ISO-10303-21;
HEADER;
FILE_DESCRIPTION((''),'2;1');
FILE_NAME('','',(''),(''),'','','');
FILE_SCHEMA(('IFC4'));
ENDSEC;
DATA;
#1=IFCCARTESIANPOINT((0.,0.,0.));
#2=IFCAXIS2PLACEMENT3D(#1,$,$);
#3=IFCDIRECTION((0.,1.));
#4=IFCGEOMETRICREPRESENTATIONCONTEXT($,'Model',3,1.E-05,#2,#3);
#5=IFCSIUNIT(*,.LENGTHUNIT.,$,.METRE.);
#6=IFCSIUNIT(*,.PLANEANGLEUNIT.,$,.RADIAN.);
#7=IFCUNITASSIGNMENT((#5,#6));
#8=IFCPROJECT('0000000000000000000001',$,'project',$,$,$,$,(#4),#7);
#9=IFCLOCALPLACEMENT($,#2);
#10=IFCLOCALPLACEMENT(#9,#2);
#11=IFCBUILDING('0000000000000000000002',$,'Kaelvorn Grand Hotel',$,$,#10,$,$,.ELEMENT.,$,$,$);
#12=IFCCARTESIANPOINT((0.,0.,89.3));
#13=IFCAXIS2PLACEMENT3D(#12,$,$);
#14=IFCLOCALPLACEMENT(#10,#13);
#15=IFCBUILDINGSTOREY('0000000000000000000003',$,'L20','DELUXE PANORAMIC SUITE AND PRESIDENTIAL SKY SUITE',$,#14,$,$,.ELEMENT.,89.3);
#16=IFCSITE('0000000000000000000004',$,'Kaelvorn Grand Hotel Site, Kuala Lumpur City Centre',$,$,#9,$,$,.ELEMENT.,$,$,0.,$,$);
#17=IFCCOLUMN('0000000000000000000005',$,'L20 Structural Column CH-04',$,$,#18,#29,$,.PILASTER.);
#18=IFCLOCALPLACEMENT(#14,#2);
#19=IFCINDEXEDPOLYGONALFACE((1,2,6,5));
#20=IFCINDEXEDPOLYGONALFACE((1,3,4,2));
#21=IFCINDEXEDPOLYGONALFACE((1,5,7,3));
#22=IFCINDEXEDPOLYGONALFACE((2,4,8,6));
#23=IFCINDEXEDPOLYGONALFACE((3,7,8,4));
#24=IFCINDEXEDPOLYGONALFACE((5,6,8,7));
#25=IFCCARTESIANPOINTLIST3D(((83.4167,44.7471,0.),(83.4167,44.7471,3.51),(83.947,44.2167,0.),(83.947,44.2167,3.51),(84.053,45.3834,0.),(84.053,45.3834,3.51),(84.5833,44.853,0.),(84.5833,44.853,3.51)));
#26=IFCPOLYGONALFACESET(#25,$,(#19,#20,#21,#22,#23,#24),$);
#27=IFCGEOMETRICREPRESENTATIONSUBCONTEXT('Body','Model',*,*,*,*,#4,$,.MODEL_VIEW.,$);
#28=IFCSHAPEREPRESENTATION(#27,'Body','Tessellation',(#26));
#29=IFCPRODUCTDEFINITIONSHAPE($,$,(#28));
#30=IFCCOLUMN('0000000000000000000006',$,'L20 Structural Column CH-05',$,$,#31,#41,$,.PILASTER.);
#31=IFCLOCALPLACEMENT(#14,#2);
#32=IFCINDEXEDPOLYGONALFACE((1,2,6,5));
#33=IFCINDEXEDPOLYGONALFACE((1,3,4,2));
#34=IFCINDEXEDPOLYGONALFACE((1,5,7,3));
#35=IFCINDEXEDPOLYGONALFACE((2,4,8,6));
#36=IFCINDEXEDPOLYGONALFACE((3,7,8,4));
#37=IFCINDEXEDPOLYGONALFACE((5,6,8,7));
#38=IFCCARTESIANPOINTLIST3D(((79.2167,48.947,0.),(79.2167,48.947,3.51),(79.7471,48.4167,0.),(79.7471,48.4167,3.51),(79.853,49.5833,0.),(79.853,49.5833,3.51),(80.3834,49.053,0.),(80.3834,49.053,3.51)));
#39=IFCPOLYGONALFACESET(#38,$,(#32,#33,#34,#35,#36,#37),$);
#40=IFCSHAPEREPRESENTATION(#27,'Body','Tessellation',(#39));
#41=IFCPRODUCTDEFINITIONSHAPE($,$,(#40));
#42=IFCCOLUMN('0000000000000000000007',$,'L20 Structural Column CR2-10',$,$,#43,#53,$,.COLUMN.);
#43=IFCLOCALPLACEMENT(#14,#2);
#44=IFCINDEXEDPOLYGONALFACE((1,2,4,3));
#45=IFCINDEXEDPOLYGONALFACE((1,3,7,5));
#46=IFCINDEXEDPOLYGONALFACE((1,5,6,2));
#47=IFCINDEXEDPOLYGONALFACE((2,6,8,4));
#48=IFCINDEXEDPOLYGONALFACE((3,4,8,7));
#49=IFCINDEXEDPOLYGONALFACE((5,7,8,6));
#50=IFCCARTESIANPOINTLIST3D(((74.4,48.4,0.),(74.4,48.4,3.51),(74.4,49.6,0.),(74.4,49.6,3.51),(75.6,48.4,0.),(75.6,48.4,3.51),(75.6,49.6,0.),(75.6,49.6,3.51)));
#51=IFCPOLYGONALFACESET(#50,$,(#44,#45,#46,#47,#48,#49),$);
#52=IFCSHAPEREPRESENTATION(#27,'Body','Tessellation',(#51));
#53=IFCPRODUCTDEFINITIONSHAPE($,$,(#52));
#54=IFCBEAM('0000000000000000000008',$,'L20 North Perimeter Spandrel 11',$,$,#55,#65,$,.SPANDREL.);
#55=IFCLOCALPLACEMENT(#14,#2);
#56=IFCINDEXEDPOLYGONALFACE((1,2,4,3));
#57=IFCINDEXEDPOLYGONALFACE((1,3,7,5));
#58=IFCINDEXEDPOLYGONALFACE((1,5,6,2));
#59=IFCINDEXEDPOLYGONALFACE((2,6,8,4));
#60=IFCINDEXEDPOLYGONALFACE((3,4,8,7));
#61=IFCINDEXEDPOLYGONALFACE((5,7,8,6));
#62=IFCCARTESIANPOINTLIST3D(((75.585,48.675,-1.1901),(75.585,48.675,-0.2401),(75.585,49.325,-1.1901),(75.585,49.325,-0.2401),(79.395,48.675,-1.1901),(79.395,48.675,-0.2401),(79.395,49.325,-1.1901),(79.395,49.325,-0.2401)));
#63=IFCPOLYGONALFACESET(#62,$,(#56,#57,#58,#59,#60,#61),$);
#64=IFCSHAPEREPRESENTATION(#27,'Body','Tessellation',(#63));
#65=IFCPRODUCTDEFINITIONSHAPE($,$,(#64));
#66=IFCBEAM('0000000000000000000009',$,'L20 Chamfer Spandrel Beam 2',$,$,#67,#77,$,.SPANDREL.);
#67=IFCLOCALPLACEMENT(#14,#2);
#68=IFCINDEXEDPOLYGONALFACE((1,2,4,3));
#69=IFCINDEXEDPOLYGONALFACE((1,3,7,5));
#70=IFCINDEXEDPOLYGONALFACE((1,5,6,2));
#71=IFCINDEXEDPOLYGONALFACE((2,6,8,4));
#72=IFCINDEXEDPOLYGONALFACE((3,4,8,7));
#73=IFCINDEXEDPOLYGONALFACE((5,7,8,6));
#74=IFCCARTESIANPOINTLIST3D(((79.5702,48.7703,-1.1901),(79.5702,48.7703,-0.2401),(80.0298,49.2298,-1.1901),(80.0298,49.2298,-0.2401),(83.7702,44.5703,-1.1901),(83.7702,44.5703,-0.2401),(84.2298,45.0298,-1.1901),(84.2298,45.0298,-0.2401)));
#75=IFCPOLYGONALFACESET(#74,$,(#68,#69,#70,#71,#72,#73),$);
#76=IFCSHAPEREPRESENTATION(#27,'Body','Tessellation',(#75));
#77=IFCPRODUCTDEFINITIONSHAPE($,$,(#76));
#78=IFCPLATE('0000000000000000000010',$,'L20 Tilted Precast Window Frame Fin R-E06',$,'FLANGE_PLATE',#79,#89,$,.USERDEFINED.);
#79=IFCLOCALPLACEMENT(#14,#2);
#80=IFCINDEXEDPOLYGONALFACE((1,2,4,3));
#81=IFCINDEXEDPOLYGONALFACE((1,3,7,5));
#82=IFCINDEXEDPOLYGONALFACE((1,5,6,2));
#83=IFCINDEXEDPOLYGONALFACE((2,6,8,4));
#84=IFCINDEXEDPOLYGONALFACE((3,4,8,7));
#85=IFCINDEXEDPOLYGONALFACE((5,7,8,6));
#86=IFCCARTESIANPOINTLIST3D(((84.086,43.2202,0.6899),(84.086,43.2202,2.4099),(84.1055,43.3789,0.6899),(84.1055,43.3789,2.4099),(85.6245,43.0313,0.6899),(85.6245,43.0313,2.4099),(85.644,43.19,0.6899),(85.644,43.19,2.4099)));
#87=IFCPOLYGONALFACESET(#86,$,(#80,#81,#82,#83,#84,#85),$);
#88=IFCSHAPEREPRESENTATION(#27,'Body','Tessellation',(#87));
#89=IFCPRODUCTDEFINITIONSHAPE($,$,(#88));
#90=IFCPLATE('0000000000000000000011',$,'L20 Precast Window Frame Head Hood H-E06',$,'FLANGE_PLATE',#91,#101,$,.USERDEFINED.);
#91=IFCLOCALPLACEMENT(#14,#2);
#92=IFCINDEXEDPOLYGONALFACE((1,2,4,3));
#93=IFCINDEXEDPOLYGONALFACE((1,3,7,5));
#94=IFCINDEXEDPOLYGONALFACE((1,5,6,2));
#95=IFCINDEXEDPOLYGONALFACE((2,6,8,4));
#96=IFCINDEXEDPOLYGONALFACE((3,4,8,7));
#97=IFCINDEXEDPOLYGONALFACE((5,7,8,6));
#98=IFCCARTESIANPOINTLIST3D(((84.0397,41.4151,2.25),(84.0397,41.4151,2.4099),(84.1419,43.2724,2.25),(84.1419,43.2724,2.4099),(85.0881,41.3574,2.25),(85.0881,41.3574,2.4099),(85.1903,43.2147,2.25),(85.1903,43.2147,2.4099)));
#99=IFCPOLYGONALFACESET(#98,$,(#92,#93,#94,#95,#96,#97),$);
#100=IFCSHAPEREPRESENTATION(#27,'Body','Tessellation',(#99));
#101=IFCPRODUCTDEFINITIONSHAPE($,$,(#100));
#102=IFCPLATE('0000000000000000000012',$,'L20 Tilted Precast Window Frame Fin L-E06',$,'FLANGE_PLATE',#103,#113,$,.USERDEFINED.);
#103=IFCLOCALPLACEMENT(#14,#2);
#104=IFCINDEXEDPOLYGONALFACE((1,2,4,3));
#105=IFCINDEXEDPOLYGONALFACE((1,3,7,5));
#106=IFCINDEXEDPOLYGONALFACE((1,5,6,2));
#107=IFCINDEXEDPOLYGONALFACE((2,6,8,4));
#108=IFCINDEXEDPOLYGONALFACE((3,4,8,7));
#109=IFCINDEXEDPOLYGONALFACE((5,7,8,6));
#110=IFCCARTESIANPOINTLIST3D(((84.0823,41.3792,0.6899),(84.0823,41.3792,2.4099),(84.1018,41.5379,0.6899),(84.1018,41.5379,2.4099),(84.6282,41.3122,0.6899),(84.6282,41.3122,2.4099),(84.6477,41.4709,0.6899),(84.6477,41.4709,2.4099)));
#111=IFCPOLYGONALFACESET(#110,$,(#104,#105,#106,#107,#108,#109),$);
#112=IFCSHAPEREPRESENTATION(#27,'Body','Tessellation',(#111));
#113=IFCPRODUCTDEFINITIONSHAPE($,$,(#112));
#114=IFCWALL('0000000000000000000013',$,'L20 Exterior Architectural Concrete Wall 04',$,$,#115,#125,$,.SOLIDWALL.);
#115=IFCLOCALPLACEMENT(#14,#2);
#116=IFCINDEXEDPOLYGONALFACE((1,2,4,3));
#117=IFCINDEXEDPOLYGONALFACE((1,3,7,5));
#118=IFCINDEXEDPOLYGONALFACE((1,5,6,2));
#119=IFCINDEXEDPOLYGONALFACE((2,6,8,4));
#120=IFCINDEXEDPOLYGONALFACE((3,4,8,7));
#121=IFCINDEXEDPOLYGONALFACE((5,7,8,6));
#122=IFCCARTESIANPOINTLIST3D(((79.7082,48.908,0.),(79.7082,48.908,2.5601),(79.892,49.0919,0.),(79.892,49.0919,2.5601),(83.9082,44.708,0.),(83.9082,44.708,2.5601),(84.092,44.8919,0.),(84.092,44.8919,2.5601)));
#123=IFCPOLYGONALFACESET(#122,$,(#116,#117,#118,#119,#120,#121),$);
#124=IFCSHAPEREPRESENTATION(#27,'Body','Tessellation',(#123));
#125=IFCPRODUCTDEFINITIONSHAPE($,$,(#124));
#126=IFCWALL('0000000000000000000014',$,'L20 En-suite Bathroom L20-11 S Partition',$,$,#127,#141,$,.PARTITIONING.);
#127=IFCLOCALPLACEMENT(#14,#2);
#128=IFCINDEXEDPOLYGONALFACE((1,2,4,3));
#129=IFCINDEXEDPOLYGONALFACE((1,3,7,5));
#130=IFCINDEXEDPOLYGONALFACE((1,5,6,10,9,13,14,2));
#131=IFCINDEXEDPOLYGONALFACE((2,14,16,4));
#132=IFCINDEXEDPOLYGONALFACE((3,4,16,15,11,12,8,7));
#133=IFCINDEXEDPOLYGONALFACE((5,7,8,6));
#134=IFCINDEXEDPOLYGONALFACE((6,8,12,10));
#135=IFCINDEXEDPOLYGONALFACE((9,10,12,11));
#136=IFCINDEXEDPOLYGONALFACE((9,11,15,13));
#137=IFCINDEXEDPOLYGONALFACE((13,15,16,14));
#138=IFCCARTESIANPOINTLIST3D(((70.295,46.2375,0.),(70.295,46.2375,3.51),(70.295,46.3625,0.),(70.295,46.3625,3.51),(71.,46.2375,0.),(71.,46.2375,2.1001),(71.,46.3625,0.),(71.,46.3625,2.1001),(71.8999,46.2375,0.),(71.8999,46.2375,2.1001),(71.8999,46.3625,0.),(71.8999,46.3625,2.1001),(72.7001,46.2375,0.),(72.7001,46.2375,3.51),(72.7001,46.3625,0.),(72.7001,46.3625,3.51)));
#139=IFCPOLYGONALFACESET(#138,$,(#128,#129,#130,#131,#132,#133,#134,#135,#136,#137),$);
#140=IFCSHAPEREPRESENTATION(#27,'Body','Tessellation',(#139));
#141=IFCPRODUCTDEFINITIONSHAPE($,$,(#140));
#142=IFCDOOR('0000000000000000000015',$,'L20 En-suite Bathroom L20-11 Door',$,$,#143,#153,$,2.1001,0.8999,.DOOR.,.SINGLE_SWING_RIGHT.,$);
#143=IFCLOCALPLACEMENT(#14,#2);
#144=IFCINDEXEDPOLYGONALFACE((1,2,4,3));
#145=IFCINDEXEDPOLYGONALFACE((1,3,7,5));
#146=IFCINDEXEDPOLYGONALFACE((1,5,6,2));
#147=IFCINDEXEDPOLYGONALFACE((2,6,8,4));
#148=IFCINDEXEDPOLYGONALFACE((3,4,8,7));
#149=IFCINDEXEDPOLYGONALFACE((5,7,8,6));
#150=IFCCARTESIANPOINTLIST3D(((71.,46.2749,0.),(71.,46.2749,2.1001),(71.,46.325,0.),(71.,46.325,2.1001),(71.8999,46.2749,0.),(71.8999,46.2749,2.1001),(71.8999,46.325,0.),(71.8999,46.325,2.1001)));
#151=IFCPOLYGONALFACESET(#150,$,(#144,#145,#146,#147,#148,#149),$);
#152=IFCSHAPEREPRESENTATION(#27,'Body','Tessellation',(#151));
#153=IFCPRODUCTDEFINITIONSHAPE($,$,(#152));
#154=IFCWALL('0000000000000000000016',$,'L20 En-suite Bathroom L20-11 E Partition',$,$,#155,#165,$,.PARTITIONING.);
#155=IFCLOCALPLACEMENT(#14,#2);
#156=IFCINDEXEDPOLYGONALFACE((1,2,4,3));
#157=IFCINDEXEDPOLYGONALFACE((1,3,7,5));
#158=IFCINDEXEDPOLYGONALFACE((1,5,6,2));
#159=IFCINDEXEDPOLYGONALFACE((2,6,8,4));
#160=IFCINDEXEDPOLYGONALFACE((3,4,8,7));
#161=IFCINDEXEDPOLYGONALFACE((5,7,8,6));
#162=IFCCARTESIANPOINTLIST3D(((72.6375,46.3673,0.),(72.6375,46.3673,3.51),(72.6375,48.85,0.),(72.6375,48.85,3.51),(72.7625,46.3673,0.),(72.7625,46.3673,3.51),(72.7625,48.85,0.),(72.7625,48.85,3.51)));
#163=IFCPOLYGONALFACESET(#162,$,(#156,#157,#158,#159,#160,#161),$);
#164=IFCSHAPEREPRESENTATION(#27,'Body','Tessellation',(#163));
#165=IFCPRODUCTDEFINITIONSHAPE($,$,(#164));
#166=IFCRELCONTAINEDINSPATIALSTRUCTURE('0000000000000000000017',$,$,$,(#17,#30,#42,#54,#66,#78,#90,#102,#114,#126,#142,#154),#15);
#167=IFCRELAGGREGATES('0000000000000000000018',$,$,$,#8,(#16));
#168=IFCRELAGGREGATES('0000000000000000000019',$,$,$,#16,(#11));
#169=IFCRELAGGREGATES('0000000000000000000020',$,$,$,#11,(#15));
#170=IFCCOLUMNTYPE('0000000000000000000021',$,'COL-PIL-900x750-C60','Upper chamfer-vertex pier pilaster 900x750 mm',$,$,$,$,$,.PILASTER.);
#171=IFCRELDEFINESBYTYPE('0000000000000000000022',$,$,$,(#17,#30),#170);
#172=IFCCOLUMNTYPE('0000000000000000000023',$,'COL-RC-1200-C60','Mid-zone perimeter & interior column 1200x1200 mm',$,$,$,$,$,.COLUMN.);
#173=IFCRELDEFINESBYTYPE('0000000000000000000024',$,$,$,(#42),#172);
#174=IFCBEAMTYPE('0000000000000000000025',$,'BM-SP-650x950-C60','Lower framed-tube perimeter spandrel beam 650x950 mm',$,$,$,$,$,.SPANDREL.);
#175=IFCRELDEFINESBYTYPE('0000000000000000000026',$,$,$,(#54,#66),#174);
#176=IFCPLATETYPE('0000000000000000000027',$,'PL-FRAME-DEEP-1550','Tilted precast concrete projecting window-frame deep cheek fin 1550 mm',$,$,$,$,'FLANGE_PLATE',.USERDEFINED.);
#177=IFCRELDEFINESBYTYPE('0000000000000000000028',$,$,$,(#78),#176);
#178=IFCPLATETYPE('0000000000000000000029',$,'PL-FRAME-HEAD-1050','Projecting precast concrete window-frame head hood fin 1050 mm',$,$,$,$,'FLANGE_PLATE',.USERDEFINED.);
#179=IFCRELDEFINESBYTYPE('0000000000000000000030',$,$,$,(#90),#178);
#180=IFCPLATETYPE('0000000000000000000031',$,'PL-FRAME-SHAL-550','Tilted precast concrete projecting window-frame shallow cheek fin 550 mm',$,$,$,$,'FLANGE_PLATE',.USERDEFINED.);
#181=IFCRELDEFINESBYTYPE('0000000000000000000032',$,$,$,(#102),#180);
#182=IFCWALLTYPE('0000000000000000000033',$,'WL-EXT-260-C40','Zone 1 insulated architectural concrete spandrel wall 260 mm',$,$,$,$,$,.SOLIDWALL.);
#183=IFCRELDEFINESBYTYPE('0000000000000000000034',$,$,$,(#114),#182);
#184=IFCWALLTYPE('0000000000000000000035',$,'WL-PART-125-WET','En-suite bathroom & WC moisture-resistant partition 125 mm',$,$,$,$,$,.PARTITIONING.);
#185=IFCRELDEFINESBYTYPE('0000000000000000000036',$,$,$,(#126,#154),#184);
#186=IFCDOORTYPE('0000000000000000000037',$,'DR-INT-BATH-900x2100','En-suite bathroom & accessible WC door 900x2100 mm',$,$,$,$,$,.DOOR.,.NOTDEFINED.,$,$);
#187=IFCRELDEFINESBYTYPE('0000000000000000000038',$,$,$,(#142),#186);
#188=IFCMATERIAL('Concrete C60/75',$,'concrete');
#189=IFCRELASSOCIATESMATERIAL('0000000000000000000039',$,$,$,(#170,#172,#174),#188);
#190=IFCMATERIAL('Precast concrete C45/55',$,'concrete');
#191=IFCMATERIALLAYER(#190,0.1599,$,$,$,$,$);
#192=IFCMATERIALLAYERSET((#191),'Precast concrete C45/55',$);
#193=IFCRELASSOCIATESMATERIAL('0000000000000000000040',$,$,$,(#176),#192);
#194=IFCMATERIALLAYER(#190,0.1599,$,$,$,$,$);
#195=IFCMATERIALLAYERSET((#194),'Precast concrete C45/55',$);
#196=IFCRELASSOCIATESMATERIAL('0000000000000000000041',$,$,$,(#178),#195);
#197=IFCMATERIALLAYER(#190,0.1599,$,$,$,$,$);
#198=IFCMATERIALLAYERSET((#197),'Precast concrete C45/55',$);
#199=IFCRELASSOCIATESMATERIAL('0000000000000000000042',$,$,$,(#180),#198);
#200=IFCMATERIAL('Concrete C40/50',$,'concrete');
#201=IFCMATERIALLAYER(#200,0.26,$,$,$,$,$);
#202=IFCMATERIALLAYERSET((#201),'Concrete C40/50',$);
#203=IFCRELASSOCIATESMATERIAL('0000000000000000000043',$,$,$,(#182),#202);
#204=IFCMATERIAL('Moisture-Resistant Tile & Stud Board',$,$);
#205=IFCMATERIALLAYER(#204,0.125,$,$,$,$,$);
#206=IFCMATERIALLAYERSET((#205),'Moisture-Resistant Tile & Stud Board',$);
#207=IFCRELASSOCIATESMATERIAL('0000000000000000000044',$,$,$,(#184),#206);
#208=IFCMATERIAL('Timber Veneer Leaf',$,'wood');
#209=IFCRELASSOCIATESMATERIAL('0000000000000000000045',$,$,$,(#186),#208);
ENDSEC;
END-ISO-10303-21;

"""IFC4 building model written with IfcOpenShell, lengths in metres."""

from ifc_helpers import new_model, si_unit, direction, frame, frame_2d, origin, origin_2d, place, context, subcontext, project, spatial, rectangle, extrude, material, layer, layer_set, material_profile, profile_set, type_object, element, fill, save


model = new_model("IFC4")

# Units and contexts
model_context = context("Model", 3, precision=1e-05, world=origin(), true_north=direction((0.0, 1.0)))
body_context = subcontext(model_context, "Body", "Model", "MODEL_VIEW")
ifc_project = project(units=[si_unit("LENGTHUNIT", "METRE"), si_unit("PLANEANGLEUNIT", "RADIAN")], contexts=[model_context])

# Site, building, storey
site_placement = place(None, origin())
site = spatial("IfcSite", under=ifc_project, at=site_placement, Name="Kaelvorn Grand Hotel Site, Kuala Lumpur City Centre", CompositionType="ELEMENT", RefElevation=0.0)
building_placement = place(site_placement, origin())
building = spatial("IfcBuilding", under=site, at=building_placement, Name="Kaelvorn Grand Hotel", CompositionType="ELEMENT")
storey_placement = place(building_placement, frame((0.0, 0.0, 89.3)))
storey = spatial("IfcBuildingStorey", under=building, at=storey_placement, Name="L20", Description="DELUXE PANORAMIC SUITE AND PRESIDENTIAL SKY SUITE", CompositionType="ELEMENT", Elevation=89.3)

# Columns
ifc_material_1 = material(Name="Concrete C60/75", Category="concrete")
ifc_material_profile_1 = material_profile(ifc_material_1, rectangle(XDim=0.8999, YDim=0.75, at=origin_2d()), Name="RC PILASTER 900x750")
ifc_profile_set_1 = profile_set([ifc_material_profile_1], Name="Concrete C60/75")
column_type_1 = type_object("IfcColumnType", Name="COL-PIL-900x750-C60", Description="Upper chamfer-vertex pier pilaster 900x750 mm", PredefinedType="PILASTER", material=ifc_profile_set_1)
for number, where, z_axis, x_axis, name in (
    (1, (84.0, 44.8, 0.0), (0.0, 0.0, 1.0), (0.707107, 0.707107, 0.0), "L20 Structural Column CH-04"),
    (2, (79.8, 49.0, 0.0), (0.0, 0.0, 1.0), (0.707107, 0.707107, 0.0), "L20 Structural Column CH-05"),
):
    element("IfcColumn", number, at=place(storey_placement, frame(where, z_axis=z_axis, x_axis=x_axis)), inside=storey, type_object=column_type_1, Name=name, PredefinedType="PILASTER", context=body_context, shape_type="SweptSolid", body=[
        extrude(rectangle(XDim=0.8999, YDim=0.75, at=origin_2d()), origin(), (0.0, 0.0, 1.0), 3.51),
    ])
ifc_material_profile_2 = material_profile(ifc_material_1, rectangle(XDim=1.2, YDim=1.2, at=origin_2d()), Name="RC COL 1200x1200")
ifc_profile_set_2 = profile_set([ifc_material_profile_2], Name="Concrete C60/75")
column_type_2 = type_object("IfcColumnType", Name="COL-RC-1200-C60", Description="Mid-zone perimeter & interior column 1200x1200 mm", PredefinedType="COLUMN", material=ifc_profile_set_2)
column_placement = place(storey_placement, frame((75.0, 49.0, 0.0), z_axis=(0.0, 0.0, 1.0), x_axis=(1.0, 0.0, 0.0)))
element("IfcColumn", 3, at=column_placement, inside=storey, type_object=column_type_2, Name="L20 Structural Column CR2-10", PredefinedType="COLUMN", context=body_context, shape_type="SweptSolid", body=[
    extrude(rectangle(XDim=1.2, YDim=1.2, at=origin_2d()), origin(), (0.0, 0.0, 1.0), 3.51),
])

# Beams
ifc_material_profile_3 = material_profile(ifc_material_1, rectangle(XDim=0.6499, YDim=0.95, at=origin_2d()), Name="RC SPANDREL 650x950")
ifc_profile_set_3 = profile_set([ifc_material_profile_3], Name="Concrete C60/75")
beam_type = type_object("IfcBeamType", Name="BM-SP-650x950-C60", Description="Lower framed-tube perimeter spandrel beam 650x950 mm", PredefinedType="SPANDREL", material=ifc_profile_set_3)
beam_1_placement = place(storey_placement, frame((75.585, 49.0, -0.7151), z_axis=(1.0, 0.0, 0.0), x_axis=(0.0, 1.0, 0.0)))
element("IfcBeam", 4, at=beam_1_placement, inside=storey, type_object=beam_type, Name="L20 North Perimeter Spandrel 11", PredefinedType="SPANDREL", context=body_context, shape_type="SweptSolid", body=[
    extrude(rectangle(XDim=0.6499, YDim=0.95, at=origin_2d()), origin(), (0.0, 0.0, 1.0), 3.8101),
])
beam_2_placement = place(storey_placement, frame((84.0, 44.8, -0.7151), z_axis=(-0.707107, 0.707107, 0.0), x_axis=(-0.707107, -0.707107, 0.0)))
element("IfcBeam", 5, at=beam_2_placement, inside=storey, type_object=beam_type, Name="L20 Chamfer Spandrel Beam 2", PredefinedType="SPANDREL", context=body_context, shape_type="SweptSolid", body=[
    extrude(rectangle(XDim=0.6499, YDim=0.95, at=origin_2d()), origin(), (0.0, 0.0, 1.0), 5.9397),
])

# Plates
ifc_material_2 = material(Name="Precast concrete C45/55", Category="concrete")
ifc_layer_1 = layer(ifc_material_2, 0.1599)
ifc_layer_set_1 = layer_set([ifc_layer_1], Name="Precast concrete C45/55")
plate_type_1 = type_object("IfcPlateType", Name="PL-FRAME-DEEP-1550", Description="Tilted precast concrete projecting window-frame deep cheek fin 1550 mm", ElementType="FLANGE_PLATE", PredefinedType="USERDEFINED", material=ifc_layer_set_1)
plate_1_placement = place(storey_placement, frame((84.865, 43.2051, 0.6899), z_axis=(0.0, 0.0, 1.0), x_axis=(0.121869, 0.992546, 0.0)))
element("IfcPlate", 6, at=plate_1_placement, inside=storey, type_object=plate_type_1, Name="L20 Tilted Precast Window Frame Fin R-E06", ObjectType="FLANGE_PLATE", PredefinedType="USERDEFINED", context=body_context, shape_type="SweptSolid", body=[
    extrude(rectangle(XDim=0.1599, YDim=1.55, at=origin_2d()), origin(), (0.0, 0.0, 1.0), 1.72),
])
ifc_layer_2 = layer(ifc_material_2, 0.1599)
ifc_layer_set_2 = layer_set([ifc_layer_2], Name="Precast concrete C45/55")
plate_type_2 = type_object("IfcPlateType", Name="PL-FRAME-HEAD-1050", Description="Projecting precast concrete window-frame head hood fin 1050 mm", ElementType="FLANGE_PLATE", PredefinedType="USERDEFINED", material=ifc_layer_set_2)
plate_2_placement = place(storey_placement, frame((84.615, 42.3149, 2.25), z_axis=(0.0, 0.0, 1.0), x_axis=(0.05495, 0.998489, 0.0)))
element("IfcPlate", 7, at=plate_2_placement, inside=storey, type_object=plate_type_2, Name="L20 Precast Window Frame Head Hood H-E06", ObjectType="FLANGE_PLATE", PredefinedType="USERDEFINED", context=body_context, shape_type="SweptSolid", body=[
    extrude(rectangle(XDim=1.8601, YDim=1.05, at=origin_2d()), origin(), (0.0, 0.0, 1.0), 0.1599),
])
ifc_layer_3 = layer(ifc_material_2, 0.1599)
ifc_layer_set_3 = layer_set([ifc_layer_3], Name="Precast concrete C45/55")
plate_type_3 = type_object("IfcPlateType", Name="PL-FRAME-SHAL-550", Description="Tilted precast concrete projecting window-frame shallow cheek fin 550 mm", ElementType="FLANGE_PLATE", PredefinedType="USERDEFINED", material=ifc_layer_set_3)
plate_3_placement = place(storey_placement, frame((84.365, 41.425, 0.6899), z_axis=(0.0, 0.0, 1.0), x_axis=(0.121869, 0.992546, 0.0)))
element("IfcPlate", 8, at=plate_3_placement, inside=storey, type_object=plate_type_3, Name="L20 Tilted Precast Window Frame Fin L-E06", ObjectType="FLANGE_PLATE", PredefinedType="USERDEFINED", context=body_context, shape_type="SweptSolid", body=[
    extrude(rectangle(XDim=0.1599, YDim=0.55, at=origin_2d()), origin(), (0.0, 0.0, 1.0), 1.72),
])

# Wall
ifc_material_3 = material(Name="Concrete C40/50", Category="concrete")
ifc_layer_4 = layer(ifc_material_3, 0.26)
ifc_layer_set_4 = layer_set([ifc_layer_4], Name="Concrete C40/50")
wall_type_1 = type_object("IfcWallType", Name="WL-EXT-260-C40", Description="Zone 1 insulated architectural concrete spandrel wall 260 mm", PredefinedType="SOLIDWALL", material=ifc_layer_set_4)
wall_1_placement = place(storey_placement, frame((84.0, 44.8, 0.0), z_axis=(0.0, 0.0, 1.0), x_axis=(-0.707107, 0.707107, 0.0)))
element("IfcWall", 9, at=wall_1_placement, inside=storey, type_object=wall_type_1, Name="L20 Exterior Architectural Concrete Wall 04", PredefinedType="SOLIDWALL", context=body_context, shape_type="SweptSolid", body=[
    extrude(rectangle(XDim=5.9397, YDim=0.26, at=frame_2d((2.9697, 0.0))), origin(), (0.0, 0.0, 1.0), 2.5601),
])

# Wall, opening, door
ifc_material_4 = material(Name="Moisture-Resistant Tile & Stud Board")
ifc_layer_5 = layer(ifc_material_4, 0.125)
ifc_layer_set_5 = layer_set([ifc_layer_5], Name="Moisture-Resistant Tile & Stud Board")
wall_type_2 = type_object("IfcWallType", Name="WL-PART-125-WET", Description="En-suite bathroom & WC moisture-resistant partition 125 mm", PredefinedType="PARTITIONING", material=ifc_layer_set_5)
wall_2_placement = place(storey_placement, frame((70.2949, 46.3, 0.0), z_axis=(0.0, 0.0, 1.0), x_axis=(1.0, 0.0, 0.0)))
wall_2 = element("IfcWall", 10, at=wall_2_placement, inside=storey, type_object=wall_type_2, Name="L20 En-suite Bathroom L20-11 S Partition", PredefinedType="PARTITIONING", context=body_context, shape_type="SweptSolid", body=[
    extrude(rectangle(XDim=2.405, YDim=0.125, at=frame_2d((1.2026, 0.0))), origin(), (0.0, 0.0, 1.0), 3.51),
])
opening_1_placement = place(wall_2_placement, frame((0.7051, 0.0, 0.0)))
opening_1 = element("IfcOpeningElement", 11, at=opening_1_placement, cuts=wall_2, PredefinedType="OPENING", context=body_context, shape_type="SweptSolid", body=[
    extrude(rectangle(XDim=0.8999, YDim=2.1001, at=frame_2d((0.45, 1.05))), frame((0.0, 0.0725, 0.0), z_axis=(0.0, -1.0, 0.0), x_axis=(1.0, 0.0, 0.0)), (0.0, 0.0, 1.0), 0.145),
])
ifc_material_5 = material(Name="Timber Veneer Leaf", Category="wood")
door_type = type_object("IfcDoorType", Name="DR-INT-BATH-900x2100", Description="En-suite bathroom & accessible WC door 900x2100 mm", OperationType="NOTDEFINED", PredefinedType="DOOR", material=ifc_material_5)
door_placement = place(opening_1_placement, origin())
door = element("IfcDoor", 12, at=door_placement, inside=storey, type_object=door_type, Name="L20 En-suite Bathroom L20-11 Door", OperationType="SINGLE_SWING_RIGHT", OverallHeight=2.1001, OverallWidth=0.8999, PredefinedType="DOOR", context=body_context, shape_type="SweptSolid", body=[
    extrude(rectangle(XDim=0.8999, YDim=2.1001, at=frame_2d((0.45, 1.05))), frame((0.0, 0.0249, 0.0), z_axis=(0.0, -1.0, 0.0), x_axis=(1.0, 0.0, 0.0)), (0.0, 0.0, 1.0), 0.05),
])
fill(opening_1, door)

# Wall
wall_3_placement = place(storey_placement, frame((72.7, 46.3674, 0.0), z_axis=(0.0, 0.0, 1.0), x_axis=(0.0, 1.0, 0.0)))
element("IfcWall", 13, at=wall_3_placement, inside=storey, type_object=wall_type_2, Name="L20 En-suite Bathroom L20-11 E Partition", PredefinedType="PARTITIONING", context=body_context, shape_type="SweptSolid", body=[
    extrude(rectangle(XDim=2.4827, YDim=0.125, at=frame_2d((1.2412, 0.0))), origin(), (0.0, 0.0, 1.0), 3.51),
])

save(model, "model.ifc")
